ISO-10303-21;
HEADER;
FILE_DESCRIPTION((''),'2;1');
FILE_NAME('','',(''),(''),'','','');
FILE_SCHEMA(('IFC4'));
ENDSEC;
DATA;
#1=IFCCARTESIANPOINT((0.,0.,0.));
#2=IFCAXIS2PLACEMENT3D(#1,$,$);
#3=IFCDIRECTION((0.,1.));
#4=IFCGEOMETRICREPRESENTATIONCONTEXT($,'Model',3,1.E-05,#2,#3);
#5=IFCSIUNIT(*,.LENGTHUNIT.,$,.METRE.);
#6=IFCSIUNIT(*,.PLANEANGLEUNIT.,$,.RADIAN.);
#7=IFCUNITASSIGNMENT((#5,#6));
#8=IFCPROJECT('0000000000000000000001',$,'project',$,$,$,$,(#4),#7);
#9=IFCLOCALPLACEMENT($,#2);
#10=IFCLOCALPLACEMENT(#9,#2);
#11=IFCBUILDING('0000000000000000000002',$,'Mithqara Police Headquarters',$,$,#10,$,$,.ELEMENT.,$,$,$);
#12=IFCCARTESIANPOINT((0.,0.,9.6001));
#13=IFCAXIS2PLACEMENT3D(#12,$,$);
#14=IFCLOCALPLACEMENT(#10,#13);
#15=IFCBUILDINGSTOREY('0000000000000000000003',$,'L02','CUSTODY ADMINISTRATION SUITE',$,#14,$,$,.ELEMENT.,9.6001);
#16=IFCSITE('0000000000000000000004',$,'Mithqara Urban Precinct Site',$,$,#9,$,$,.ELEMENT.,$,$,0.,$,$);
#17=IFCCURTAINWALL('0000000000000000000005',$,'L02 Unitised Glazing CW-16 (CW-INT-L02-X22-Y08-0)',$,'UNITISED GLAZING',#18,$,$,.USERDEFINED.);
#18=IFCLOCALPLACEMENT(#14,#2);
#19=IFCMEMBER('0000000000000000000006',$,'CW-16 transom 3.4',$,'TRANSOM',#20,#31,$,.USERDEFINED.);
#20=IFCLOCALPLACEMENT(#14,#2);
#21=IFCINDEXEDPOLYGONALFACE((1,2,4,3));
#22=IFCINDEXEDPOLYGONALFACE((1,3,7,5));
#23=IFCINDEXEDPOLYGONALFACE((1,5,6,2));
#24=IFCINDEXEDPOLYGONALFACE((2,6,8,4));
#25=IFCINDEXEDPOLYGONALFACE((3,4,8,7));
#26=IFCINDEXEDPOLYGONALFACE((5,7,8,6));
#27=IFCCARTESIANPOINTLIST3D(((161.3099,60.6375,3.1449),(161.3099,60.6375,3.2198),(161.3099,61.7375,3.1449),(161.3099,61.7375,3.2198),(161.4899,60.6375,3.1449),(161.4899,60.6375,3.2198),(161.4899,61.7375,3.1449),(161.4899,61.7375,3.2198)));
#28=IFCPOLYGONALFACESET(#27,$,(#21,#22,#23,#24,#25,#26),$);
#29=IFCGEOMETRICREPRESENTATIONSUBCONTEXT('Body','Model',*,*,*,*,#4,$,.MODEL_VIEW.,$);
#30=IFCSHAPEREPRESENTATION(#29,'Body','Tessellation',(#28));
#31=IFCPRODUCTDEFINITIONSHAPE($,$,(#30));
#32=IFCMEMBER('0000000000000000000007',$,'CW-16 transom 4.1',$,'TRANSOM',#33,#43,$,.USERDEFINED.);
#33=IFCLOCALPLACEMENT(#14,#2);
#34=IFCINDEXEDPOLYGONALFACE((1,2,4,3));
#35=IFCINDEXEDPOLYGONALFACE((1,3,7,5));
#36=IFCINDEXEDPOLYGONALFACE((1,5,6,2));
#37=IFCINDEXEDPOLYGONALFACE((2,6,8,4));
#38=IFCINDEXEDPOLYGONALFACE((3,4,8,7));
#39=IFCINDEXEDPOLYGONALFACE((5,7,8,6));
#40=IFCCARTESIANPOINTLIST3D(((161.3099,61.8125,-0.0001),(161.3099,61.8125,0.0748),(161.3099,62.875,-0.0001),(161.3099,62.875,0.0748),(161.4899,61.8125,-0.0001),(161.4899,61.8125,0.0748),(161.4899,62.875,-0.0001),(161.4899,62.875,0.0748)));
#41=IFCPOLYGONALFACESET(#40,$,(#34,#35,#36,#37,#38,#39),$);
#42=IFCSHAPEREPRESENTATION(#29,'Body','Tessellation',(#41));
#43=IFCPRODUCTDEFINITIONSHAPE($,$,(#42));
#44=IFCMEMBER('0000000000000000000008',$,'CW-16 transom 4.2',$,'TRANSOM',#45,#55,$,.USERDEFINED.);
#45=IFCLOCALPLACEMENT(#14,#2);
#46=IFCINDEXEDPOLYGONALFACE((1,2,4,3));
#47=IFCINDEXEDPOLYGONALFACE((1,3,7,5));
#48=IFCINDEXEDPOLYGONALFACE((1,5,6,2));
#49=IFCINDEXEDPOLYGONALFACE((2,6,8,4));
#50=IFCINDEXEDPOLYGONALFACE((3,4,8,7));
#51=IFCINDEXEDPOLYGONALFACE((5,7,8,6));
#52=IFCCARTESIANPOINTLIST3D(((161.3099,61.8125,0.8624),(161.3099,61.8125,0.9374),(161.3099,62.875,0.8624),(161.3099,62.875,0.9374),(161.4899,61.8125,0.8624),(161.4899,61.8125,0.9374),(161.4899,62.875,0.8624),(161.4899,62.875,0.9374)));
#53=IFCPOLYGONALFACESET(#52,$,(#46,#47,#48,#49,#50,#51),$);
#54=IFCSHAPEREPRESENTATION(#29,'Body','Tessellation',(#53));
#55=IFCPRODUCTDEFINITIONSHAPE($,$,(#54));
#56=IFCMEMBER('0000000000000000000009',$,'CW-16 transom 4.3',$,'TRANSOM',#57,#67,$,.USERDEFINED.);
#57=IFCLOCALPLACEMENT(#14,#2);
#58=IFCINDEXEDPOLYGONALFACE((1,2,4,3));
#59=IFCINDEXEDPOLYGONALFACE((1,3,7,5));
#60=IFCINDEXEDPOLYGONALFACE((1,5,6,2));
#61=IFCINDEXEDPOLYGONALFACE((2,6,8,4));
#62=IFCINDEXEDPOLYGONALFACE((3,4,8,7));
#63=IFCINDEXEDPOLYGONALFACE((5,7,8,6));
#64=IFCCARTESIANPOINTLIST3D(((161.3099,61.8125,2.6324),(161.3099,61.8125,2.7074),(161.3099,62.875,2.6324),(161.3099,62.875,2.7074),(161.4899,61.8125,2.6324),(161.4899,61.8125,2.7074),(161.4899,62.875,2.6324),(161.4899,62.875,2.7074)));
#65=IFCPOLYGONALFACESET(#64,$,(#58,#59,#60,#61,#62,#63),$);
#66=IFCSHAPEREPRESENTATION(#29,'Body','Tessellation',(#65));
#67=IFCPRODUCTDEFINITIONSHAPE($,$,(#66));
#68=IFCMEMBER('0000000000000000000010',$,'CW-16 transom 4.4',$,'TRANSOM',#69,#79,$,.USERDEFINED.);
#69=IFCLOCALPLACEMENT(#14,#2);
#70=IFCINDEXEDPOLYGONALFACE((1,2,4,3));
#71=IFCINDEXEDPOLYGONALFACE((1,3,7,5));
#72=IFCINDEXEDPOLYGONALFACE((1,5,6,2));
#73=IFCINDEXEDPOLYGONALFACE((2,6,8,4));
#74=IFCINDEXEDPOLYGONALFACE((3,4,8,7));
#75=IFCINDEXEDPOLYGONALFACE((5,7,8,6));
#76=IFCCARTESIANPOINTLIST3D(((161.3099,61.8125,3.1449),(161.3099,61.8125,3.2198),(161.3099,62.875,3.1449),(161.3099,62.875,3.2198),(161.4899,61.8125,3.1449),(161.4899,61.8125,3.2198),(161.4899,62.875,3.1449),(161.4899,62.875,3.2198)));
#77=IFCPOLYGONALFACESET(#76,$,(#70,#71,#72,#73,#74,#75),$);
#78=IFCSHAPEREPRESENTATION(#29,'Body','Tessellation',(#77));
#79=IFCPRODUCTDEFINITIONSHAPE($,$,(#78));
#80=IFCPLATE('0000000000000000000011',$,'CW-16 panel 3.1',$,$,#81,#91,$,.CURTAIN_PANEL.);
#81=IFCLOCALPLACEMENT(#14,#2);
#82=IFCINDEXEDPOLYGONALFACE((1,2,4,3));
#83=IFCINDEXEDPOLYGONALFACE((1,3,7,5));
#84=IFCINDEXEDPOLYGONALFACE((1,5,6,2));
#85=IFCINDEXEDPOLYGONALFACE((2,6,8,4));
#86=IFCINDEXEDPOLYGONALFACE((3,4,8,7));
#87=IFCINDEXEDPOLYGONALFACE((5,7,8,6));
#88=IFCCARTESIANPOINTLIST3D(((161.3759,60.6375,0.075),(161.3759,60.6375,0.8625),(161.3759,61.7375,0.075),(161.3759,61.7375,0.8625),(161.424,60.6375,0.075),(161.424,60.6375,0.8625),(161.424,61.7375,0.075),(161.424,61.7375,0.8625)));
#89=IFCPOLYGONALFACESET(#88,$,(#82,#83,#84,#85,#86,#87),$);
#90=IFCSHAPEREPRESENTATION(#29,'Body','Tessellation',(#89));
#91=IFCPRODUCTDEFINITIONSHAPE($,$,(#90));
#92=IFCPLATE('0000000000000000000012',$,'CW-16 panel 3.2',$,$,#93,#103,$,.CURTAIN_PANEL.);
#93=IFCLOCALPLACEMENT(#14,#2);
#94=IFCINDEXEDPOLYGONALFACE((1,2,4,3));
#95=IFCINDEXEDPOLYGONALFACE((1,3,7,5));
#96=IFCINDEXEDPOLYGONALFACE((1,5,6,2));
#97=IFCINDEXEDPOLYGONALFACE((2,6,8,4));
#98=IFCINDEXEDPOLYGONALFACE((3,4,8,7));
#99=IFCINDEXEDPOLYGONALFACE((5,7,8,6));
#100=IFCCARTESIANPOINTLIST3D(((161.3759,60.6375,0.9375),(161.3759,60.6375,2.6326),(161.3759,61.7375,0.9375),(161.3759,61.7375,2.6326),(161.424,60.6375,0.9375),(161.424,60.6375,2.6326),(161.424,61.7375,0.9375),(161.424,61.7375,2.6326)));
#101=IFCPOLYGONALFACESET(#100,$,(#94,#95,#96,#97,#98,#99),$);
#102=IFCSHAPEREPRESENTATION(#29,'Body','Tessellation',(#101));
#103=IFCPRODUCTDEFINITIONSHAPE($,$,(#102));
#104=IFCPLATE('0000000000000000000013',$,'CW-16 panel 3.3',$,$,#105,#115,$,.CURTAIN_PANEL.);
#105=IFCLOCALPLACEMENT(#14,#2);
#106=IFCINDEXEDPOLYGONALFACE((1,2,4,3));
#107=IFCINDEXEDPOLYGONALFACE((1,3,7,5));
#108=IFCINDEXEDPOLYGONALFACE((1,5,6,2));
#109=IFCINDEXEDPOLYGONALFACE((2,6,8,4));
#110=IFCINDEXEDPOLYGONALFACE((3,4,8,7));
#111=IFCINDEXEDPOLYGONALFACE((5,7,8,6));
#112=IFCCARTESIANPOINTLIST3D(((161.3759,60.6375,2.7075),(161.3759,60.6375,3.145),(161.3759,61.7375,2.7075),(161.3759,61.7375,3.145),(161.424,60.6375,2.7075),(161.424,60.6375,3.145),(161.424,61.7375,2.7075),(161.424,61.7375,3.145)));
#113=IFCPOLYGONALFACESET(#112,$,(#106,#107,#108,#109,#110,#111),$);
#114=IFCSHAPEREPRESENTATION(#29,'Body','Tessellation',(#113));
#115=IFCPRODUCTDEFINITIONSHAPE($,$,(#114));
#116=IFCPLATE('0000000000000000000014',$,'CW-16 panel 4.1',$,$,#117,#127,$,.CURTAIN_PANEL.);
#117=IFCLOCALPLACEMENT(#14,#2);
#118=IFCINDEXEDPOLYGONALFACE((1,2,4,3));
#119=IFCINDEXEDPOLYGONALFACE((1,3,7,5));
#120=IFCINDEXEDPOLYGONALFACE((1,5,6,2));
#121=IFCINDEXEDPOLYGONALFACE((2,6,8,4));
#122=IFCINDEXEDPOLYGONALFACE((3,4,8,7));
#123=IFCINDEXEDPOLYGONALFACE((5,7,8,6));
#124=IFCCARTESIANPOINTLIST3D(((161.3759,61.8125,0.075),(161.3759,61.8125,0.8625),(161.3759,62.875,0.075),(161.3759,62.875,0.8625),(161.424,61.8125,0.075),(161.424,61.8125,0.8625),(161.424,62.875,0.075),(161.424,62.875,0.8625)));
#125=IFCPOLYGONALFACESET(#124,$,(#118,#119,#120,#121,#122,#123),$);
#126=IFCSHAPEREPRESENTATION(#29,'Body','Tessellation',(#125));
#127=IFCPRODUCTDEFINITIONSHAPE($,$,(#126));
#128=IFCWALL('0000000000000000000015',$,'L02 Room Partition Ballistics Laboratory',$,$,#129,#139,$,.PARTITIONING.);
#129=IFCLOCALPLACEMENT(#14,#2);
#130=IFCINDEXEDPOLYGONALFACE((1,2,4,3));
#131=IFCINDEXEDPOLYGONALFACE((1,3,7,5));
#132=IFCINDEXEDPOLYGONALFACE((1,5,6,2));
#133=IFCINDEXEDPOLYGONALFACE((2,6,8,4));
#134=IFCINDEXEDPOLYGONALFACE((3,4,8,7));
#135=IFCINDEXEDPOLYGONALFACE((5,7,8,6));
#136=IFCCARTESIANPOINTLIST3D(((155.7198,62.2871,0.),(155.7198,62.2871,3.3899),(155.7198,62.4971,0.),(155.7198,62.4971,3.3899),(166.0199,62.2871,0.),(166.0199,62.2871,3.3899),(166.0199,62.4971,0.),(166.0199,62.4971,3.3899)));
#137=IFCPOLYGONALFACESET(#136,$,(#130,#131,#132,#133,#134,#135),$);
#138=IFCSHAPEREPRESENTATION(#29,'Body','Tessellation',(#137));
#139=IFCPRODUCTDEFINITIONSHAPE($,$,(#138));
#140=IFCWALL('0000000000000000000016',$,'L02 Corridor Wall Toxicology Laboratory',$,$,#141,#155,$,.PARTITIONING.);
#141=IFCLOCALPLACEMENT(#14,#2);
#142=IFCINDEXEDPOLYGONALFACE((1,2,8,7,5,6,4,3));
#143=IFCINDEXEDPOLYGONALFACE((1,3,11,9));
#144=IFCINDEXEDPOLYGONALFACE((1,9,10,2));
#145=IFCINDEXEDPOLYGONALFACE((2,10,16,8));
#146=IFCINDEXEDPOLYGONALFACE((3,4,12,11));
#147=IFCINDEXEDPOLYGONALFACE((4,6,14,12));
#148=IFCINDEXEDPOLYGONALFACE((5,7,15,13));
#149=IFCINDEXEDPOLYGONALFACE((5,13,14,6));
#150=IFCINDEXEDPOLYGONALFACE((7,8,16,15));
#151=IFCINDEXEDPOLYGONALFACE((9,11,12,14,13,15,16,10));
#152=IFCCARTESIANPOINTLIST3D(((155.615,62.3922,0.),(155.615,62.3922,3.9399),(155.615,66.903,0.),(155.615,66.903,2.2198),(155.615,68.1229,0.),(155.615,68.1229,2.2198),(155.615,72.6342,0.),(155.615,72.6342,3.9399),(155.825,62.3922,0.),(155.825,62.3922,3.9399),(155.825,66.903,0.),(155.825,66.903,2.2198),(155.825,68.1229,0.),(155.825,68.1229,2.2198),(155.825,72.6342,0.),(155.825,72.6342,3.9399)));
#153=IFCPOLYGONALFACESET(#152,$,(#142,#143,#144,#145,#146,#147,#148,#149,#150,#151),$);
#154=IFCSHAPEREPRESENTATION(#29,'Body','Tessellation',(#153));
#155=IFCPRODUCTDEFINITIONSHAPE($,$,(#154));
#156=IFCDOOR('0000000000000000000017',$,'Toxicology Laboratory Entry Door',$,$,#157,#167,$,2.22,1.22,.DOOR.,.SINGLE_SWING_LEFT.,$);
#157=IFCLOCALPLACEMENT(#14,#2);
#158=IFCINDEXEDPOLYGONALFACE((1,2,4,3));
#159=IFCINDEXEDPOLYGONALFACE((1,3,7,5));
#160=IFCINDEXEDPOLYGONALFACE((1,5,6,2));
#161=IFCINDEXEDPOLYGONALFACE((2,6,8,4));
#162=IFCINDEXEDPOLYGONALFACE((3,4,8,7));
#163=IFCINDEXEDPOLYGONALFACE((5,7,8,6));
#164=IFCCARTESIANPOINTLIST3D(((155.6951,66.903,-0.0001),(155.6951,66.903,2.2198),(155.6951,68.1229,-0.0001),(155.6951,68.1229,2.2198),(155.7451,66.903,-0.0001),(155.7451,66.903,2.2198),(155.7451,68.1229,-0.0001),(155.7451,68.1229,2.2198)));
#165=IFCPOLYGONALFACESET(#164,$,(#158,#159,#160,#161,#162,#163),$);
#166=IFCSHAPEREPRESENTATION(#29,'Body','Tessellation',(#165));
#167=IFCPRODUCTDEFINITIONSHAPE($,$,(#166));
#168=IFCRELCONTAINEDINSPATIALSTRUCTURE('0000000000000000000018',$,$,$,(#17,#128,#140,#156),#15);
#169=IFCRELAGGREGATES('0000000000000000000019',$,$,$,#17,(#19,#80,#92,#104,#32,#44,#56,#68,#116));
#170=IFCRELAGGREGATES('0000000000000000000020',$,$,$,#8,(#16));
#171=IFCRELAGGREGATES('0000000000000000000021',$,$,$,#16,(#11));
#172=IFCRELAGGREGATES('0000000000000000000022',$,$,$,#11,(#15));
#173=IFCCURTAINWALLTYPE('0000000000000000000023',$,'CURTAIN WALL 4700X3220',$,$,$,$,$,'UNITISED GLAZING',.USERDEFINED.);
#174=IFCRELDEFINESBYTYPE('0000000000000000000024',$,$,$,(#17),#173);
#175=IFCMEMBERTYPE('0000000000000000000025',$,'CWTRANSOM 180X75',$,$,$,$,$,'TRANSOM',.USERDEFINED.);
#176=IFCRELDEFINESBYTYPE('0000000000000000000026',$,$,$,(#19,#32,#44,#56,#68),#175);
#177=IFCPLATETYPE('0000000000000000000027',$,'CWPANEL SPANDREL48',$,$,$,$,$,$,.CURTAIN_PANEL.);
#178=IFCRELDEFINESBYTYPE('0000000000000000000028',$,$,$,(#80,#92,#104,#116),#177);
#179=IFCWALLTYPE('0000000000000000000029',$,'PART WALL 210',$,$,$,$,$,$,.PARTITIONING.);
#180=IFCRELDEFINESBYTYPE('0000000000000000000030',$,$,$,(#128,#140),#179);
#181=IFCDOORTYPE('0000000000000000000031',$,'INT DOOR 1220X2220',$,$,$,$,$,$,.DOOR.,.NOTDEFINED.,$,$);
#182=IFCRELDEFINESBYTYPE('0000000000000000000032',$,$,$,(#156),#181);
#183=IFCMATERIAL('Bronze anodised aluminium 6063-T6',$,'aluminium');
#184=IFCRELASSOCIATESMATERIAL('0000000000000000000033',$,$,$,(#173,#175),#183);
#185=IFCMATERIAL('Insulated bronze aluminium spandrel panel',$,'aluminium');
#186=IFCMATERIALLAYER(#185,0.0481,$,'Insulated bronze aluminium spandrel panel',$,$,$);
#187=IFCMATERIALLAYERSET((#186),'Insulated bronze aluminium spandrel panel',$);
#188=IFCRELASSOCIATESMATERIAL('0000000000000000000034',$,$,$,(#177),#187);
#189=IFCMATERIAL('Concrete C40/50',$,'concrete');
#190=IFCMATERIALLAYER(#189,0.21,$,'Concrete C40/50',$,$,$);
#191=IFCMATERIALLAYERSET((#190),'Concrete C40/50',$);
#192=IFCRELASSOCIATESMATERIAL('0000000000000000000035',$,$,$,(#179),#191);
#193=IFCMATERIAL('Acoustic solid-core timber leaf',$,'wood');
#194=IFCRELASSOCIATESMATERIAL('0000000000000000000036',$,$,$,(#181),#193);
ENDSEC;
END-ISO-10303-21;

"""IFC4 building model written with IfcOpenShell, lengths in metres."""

from ifc_helpers import new_model, si_unit, direction, frame, frame_2d, origin, origin_2d, place, context, subcontext, project, spatial, rectangle, extrude, material, layer, layer_set, material_profile, profile_set, type_object, element, fill, aggregate, save


model = new_model("IFC4")

# Units and contexts
model_context = context("Model", 3, precision=1e-05, world=origin(), true_north=direction((0.0, 1.0)))
body_context = subcontext(model_context, "Body", "Model", "MODEL_VIEW")
ifc_project = project(units=[si_unit("LENGTHUNIT", "METRE"), si_unit("PLANEANGLEUNIT", "RADIAN")], contexts=[model_context])

# Site, building, storey
site_placement = place(None, origin())
site = spatial("IfcSite", under=ifc_project, at=site_placement, Name="Mithqara Urban Precinct Site", CompositionType="ELEMENT", RefElevation=0.0)
building_placement = place(site_placement, origin())
building = spatial("IfcBuilding", under=site, at=building_placement, Name="Mithqara Police Headquarters", CompositionType="ELEMENT")
storey_placement = place(building_placement, frame((0.0, 0.0, 9.6001)))
storey = spatial("IfcBuildingStorey", under=building, at=storey_placement, Name="L02", Description="CUSTODY ADMINISTRATION SUITE", CompositionType="ELEMENT", Elevation=9.6001)

# Shared definitions
ifc_material_1 = material(Name="Concrete C40/50", Category="concrete")

# Curtain wall, members, plates
ifc_material_2 = material(Name="Bronze anodised aluminium 6063-T6", Category="aluminium")
curtain_wall_type = type_object("IfcCurtainWallType", Name="CURTAIN WALL 4700X3220", ElementType="UNITISED GLAZING", PredefinedType="USERDEFINED", material=ifc_material_2)
curtain_wall_placement = place(storey_placement, origin())
curtain_wall = element("IfcCurtainWall", 1, at=curtain_wall_placement, inside=storey, type_object=curtain_wall_type, Name="L02 Unitised Glazing CW-16 (CW-INT-L02-X22-Y08-0)", ObjectType="UNITISED GLAZING", PredefinedType="USERDEFINED")
ifc_material_profile_1 = material_profile(ifc_material_2, rectangle(XDim=0.1799, YDim=0.075, at=origin_2d()), Name="CWT 180x75")
ifc_profile_set_1 = profile_set([ifc_material_profile_1], Name="Bronze anodised aluminium 6063-T6")
member_type_1 = type_object("IfcMemberType", Name="CWTRANSOM 180X75", ElementType="TRANSOM", PredefinedType="USERDEFINED", material=ifc_profile_set_1)
member_1_placement = place(storey_placement, frame((161.3999, 60.6375, 3.1824), z_axis=(0.0, 1.0, 0.0), x_axis=(-1.0, 0.0, 0.0)))
member_1 = element("IfcMember", 2, at=member_1_placement, type_object=member_type_1, Name="CW-16 transom 3.4", ObjectType="TRANSOM", PredefinedType="USERDEFINED", context=body_context, shape_type="SweptSolid", body=[
    extrude(rectangle(XDim=0.1799, YDim=0.075, at=origin_2d()), origin(), (0.0, 0.0, 1.0), 1.1001),
])
member_2_placement = place(storey_placement, frame((161.3999, 61.8125, 0.0374), z_axis=(0.0, 1.0, 0.0), x_axis=(-1.0, 0.0, 0.0)))
member_2 = element("IfcMember", 3, at=member_2_placement, type_object=member_type_1, Name="CW-16 transom 4.1", ObjectType="TRANSOM", PredefinedType="USERDEFINED", context=body_context, shape_type="SweptSolid", body=[
    extrude(rectangle(XDim=0.1799, YDim=0.075, at=origin_2d()), origin(), (0.0, 0.0, 1.0), 1.0625),
])
member_3_placement = place(storey_placement, frame((161.3999, 61.8125, 0.8999), z_axis=(0.0, 1.0, 0.0), x_axis=(-1.0, 0.0, 0.0)))
member_3 = element("IfcMember", 4, at=member_3_placement, type_object=member_type_1, Name="CW-16 transom 4.2", ObjectType="TRANSOM", PredefinedType="USERDEFINED", context=body_context, shape_type="SweptSolid", body=[
    extrude(rectangle(XDim=0.1799, YDim=0.075, at=origin_2d()), origin(), (0.0, 0.0, 1.0), 1.0625),
])
member_4_placement = place(storey_placement, frame((161.3999, 61.8125, 2.6699), z_axis=(0.0, 1.0, 0.0), x_axis=(-1.0, 0.0, 0.0)))
member_4 = element("IfcMember", 5, at=member_4_placement, type_object=member_type_1, Name="CW-16 transom 4.3", ObjectType="TRANSOM", PredefinedType="USERDEFINED", context=body_context, shape_type="SweptSolid", body=[
    extrude(rectangle(XDim=0.1799, YDim=0.075, at=origin_2d()), origin(), (0.0, 0.0, 1.0), 1.0625),
])
member_5_placement = place(storey_placement, frame((161.3999, 61.8125, 3.1824), z_axis=(0.0, 1.0, 0.0), x_axis=(-1.0, 0.0, 0.0)))
member_5 = element("IfcMember", 6, at=member_5_placement, type_object=member_type_1, Name="CW-16 transom 4.4", ObjectType="TRANSOM", PredefinedType="USERDEFINED", context=body_context, shape_type="SweptSolid", body=[
    extrude(rectangle(XDim=0.1799, YDim=0.075, at=origin_2d()), origin(), (0.0, 0.0, 1.0), 1.0625),
])
ifc_material_3 = material(Name="Insulated bronze aluminium spandrel panel", Category="aluminium")
ifc_layer_1 = layer(ifc_material_3, 0.0481, Name="Insulated bronze aluminium spandrel panel")
ifc_layer_set_1 = layer_set([ifc_layer_1], Name="Insulated bronze aluminium spandrel panel")
plate_type = type_object("IfcPlateType", Name="CWPANEL SPANDREL48", PredefinedType="CURTAIN_PANEL", material=ifc_layer_set_1)
plate_1_placement = place(storey_placement, frame((161.3999, 61.1875, 0.075), z_axis=(0.0, 0.0, 1.0), x_axis=(0.0, 1.0, 0.0)))
plate_1 = element("IfcPlate", 7, at=plate_1_placement, type_object=plate_type, Name="CW-16 panel 3.1", PredefinedType="CURTAIN_PANEL", context=body_context, shape_type="SweptSolid", body=[
    extrude(rectangle(XDim=1.1001, YDim=0.0481, at=origin_2d()), origin(), (0.0, 0.0, 1.0), 0.7876),
])
plate_2_placement = place(storey_placement, frame((161.3999, 61.1875, 0.9375), z_axis=(0.0, 0.0, 1.0), x_axis=(0.0, 1.0, 0.0)))
plate_2 = element("IfcPlate", 8, at=plate_2_placement, type_object=plate_type, Name="CW-16 panel 3.2", PredefinedType="CURTAIN_PANEL", context=body_context, shape_type="SweptSolid", body=[
    extrude(rectangle(XDim=1.1001, YDim=0.0481, at=origin_2d()), origin(), (0.0, 0.0, 1.0), 1.6951),
])
plate_3_placement = place(storey_placement, frame((161.3999, 61.1875, 2.7075), z_axis=(0.0, 0.0, 1.0), x_axis=(0.0, 1.0, 0.0)))
plate_3 = element("IfcPlate", 9, at=plate_3_placement, type_object=plate_type, Name="CW-16 panel 3.3", PredefinedType="CURTAIN_PANEL", context=body_context, shape_type="SweptSolid", body=[
    extrude(rectangle(XDim=1.1001, YDim=0.0481, at=origin_2d()), origin(), (0.0, 0.0, 1.0), 0.4375),
])
plate_4_placement = place(storey_placement, frame((161.3999, 62.3438, 0.075), z_axis=(0.0, 0.0, 1.0), x_axis=(0.0, 1.0, 0.0)))
plate_4 = element("IfcPlate", 10, at=plate_4_placement, type_object=plate_type, Name="CW-16 panel 4.1", PredefinedType="CURTAIN_PANEL", context=body_context, shape_type="SweptSolid", body=[
    extrude(rectangle(XDim=1.0625, YDim=0.0481, at=origin_2d()), origin(), (0.0, 0.0, 1.0), 0.7876),
])
aggregate(curtain_wall, [member_1, plate_1, plate_2, plate_3, member_2, member_3, member_4, member_5, plate_4])

# Wall
ifc_layer_2 = layer(ifc_material_1, 0.21, Name="Concrete C40/50")
ifc_layer_set_2 = layer_set([ifc_layer_2], Name="Concrete C40/50")
wall_type = type_object("IfcWallType", Name="PART WALL 210", PredefinedType="PARTITIONING", material=ifc_layer_set_2)
wall_1_placement = place(storey_placement, frame((155.72, 62.3921, 0.0), z_axis=(0.0, 0.0, 1.0), x_axis=(1.0, 0.0, 0.0)))
element("IfcWall", 11, at=wall_1_placement, inside=storey, type_object=wall_type, Name="L02 Room Partition Ballistics Laboratory", PredefinedType="PARTITIONING", context=body_context, shape_type="SweptSolid", body=[
    extrude(rectangle(XDim=10.3, YDim=0.21, at=frame_2d((5.1499, 0.0))), origin(), (0.0, 0.0, 1.0), 3.3899),
])

# Wall, opening, door
wall_2_placement = place(storey_placement, frame((155.72, 62.3921, 0.0), z_axis=(0.0, 0.0, 1.0), x_axis=(0.0, 1.0, 0.0)))
wall_2 = element("IfcWall", 12, at=wall_2_placement, inside=storey, type_object=wall_type, Name="L02 Corridor Wall Toxicology Laboratory", PredefinedType="PARTITIONING", context=body_context, shape_type="SweptSolid", body=[
    extrude(rectangle(XDim=10.2419, YDim=0.21, at=frame_2d((5.1211, 0.0))), origin(), (0.0, 0.0, 1.0), 3.9399),
])
opening_placement = place(wall_2_placement, frame((4.511, 0.0, 0.0)))
opening = element("IfcOpeningElement", 13, at=opening_placement, cuts=wall_2, PredefinedType="OPENING", context=body_context, shape_type="SweptSolid", body=[
    extrude(rectangle(XDim=1.22, YDim=2.22, at=frame_2d((0.6099, 1.1099))), frame((0.0, 0.115, 0.0), z_axis=(0.0, -1.0, 0.0), x_axis=(1.0, 0.0, 0.0)), (0.0, 0.0, 1.0), 0.23),
])
ifc_material_4 = material(Name="Acoustic solid-core timber leaf", Category="wood")
door_type = type_object("IfcDoorType", Name="INT DOOR 1220X2220", OperationType="NOTDEFINED", PredefinedType="DOOR", material=ifc_material_4)
door_placement = place(opening_placement, origin())
door = element("IfcDoor", 14, at=door_placement, inside=storey, type_object=door_type, Name="Toxicology Laboratory Entry Door", OperationType="SINGLE_SWING_LEFT", OverallHeight=2.22, OverallWidth=1.22, PredefinedType="DOOR", context=body_context, shape_type="SweptSolid", body=[
    extrude(rectangle(XDim=1.22, YDim=2.22, at=frame_2d((0.6099, 1.1099))), frame((0.0, 0.0249, 0.0), z_axis=(0.0, -1.0, 0.0), x_axis=(1.0, 0.0, 0.0)), (0.0, 0.0, 1.0), 0.05),
])
fill(opening, door)

save(model, "model.ifc")
